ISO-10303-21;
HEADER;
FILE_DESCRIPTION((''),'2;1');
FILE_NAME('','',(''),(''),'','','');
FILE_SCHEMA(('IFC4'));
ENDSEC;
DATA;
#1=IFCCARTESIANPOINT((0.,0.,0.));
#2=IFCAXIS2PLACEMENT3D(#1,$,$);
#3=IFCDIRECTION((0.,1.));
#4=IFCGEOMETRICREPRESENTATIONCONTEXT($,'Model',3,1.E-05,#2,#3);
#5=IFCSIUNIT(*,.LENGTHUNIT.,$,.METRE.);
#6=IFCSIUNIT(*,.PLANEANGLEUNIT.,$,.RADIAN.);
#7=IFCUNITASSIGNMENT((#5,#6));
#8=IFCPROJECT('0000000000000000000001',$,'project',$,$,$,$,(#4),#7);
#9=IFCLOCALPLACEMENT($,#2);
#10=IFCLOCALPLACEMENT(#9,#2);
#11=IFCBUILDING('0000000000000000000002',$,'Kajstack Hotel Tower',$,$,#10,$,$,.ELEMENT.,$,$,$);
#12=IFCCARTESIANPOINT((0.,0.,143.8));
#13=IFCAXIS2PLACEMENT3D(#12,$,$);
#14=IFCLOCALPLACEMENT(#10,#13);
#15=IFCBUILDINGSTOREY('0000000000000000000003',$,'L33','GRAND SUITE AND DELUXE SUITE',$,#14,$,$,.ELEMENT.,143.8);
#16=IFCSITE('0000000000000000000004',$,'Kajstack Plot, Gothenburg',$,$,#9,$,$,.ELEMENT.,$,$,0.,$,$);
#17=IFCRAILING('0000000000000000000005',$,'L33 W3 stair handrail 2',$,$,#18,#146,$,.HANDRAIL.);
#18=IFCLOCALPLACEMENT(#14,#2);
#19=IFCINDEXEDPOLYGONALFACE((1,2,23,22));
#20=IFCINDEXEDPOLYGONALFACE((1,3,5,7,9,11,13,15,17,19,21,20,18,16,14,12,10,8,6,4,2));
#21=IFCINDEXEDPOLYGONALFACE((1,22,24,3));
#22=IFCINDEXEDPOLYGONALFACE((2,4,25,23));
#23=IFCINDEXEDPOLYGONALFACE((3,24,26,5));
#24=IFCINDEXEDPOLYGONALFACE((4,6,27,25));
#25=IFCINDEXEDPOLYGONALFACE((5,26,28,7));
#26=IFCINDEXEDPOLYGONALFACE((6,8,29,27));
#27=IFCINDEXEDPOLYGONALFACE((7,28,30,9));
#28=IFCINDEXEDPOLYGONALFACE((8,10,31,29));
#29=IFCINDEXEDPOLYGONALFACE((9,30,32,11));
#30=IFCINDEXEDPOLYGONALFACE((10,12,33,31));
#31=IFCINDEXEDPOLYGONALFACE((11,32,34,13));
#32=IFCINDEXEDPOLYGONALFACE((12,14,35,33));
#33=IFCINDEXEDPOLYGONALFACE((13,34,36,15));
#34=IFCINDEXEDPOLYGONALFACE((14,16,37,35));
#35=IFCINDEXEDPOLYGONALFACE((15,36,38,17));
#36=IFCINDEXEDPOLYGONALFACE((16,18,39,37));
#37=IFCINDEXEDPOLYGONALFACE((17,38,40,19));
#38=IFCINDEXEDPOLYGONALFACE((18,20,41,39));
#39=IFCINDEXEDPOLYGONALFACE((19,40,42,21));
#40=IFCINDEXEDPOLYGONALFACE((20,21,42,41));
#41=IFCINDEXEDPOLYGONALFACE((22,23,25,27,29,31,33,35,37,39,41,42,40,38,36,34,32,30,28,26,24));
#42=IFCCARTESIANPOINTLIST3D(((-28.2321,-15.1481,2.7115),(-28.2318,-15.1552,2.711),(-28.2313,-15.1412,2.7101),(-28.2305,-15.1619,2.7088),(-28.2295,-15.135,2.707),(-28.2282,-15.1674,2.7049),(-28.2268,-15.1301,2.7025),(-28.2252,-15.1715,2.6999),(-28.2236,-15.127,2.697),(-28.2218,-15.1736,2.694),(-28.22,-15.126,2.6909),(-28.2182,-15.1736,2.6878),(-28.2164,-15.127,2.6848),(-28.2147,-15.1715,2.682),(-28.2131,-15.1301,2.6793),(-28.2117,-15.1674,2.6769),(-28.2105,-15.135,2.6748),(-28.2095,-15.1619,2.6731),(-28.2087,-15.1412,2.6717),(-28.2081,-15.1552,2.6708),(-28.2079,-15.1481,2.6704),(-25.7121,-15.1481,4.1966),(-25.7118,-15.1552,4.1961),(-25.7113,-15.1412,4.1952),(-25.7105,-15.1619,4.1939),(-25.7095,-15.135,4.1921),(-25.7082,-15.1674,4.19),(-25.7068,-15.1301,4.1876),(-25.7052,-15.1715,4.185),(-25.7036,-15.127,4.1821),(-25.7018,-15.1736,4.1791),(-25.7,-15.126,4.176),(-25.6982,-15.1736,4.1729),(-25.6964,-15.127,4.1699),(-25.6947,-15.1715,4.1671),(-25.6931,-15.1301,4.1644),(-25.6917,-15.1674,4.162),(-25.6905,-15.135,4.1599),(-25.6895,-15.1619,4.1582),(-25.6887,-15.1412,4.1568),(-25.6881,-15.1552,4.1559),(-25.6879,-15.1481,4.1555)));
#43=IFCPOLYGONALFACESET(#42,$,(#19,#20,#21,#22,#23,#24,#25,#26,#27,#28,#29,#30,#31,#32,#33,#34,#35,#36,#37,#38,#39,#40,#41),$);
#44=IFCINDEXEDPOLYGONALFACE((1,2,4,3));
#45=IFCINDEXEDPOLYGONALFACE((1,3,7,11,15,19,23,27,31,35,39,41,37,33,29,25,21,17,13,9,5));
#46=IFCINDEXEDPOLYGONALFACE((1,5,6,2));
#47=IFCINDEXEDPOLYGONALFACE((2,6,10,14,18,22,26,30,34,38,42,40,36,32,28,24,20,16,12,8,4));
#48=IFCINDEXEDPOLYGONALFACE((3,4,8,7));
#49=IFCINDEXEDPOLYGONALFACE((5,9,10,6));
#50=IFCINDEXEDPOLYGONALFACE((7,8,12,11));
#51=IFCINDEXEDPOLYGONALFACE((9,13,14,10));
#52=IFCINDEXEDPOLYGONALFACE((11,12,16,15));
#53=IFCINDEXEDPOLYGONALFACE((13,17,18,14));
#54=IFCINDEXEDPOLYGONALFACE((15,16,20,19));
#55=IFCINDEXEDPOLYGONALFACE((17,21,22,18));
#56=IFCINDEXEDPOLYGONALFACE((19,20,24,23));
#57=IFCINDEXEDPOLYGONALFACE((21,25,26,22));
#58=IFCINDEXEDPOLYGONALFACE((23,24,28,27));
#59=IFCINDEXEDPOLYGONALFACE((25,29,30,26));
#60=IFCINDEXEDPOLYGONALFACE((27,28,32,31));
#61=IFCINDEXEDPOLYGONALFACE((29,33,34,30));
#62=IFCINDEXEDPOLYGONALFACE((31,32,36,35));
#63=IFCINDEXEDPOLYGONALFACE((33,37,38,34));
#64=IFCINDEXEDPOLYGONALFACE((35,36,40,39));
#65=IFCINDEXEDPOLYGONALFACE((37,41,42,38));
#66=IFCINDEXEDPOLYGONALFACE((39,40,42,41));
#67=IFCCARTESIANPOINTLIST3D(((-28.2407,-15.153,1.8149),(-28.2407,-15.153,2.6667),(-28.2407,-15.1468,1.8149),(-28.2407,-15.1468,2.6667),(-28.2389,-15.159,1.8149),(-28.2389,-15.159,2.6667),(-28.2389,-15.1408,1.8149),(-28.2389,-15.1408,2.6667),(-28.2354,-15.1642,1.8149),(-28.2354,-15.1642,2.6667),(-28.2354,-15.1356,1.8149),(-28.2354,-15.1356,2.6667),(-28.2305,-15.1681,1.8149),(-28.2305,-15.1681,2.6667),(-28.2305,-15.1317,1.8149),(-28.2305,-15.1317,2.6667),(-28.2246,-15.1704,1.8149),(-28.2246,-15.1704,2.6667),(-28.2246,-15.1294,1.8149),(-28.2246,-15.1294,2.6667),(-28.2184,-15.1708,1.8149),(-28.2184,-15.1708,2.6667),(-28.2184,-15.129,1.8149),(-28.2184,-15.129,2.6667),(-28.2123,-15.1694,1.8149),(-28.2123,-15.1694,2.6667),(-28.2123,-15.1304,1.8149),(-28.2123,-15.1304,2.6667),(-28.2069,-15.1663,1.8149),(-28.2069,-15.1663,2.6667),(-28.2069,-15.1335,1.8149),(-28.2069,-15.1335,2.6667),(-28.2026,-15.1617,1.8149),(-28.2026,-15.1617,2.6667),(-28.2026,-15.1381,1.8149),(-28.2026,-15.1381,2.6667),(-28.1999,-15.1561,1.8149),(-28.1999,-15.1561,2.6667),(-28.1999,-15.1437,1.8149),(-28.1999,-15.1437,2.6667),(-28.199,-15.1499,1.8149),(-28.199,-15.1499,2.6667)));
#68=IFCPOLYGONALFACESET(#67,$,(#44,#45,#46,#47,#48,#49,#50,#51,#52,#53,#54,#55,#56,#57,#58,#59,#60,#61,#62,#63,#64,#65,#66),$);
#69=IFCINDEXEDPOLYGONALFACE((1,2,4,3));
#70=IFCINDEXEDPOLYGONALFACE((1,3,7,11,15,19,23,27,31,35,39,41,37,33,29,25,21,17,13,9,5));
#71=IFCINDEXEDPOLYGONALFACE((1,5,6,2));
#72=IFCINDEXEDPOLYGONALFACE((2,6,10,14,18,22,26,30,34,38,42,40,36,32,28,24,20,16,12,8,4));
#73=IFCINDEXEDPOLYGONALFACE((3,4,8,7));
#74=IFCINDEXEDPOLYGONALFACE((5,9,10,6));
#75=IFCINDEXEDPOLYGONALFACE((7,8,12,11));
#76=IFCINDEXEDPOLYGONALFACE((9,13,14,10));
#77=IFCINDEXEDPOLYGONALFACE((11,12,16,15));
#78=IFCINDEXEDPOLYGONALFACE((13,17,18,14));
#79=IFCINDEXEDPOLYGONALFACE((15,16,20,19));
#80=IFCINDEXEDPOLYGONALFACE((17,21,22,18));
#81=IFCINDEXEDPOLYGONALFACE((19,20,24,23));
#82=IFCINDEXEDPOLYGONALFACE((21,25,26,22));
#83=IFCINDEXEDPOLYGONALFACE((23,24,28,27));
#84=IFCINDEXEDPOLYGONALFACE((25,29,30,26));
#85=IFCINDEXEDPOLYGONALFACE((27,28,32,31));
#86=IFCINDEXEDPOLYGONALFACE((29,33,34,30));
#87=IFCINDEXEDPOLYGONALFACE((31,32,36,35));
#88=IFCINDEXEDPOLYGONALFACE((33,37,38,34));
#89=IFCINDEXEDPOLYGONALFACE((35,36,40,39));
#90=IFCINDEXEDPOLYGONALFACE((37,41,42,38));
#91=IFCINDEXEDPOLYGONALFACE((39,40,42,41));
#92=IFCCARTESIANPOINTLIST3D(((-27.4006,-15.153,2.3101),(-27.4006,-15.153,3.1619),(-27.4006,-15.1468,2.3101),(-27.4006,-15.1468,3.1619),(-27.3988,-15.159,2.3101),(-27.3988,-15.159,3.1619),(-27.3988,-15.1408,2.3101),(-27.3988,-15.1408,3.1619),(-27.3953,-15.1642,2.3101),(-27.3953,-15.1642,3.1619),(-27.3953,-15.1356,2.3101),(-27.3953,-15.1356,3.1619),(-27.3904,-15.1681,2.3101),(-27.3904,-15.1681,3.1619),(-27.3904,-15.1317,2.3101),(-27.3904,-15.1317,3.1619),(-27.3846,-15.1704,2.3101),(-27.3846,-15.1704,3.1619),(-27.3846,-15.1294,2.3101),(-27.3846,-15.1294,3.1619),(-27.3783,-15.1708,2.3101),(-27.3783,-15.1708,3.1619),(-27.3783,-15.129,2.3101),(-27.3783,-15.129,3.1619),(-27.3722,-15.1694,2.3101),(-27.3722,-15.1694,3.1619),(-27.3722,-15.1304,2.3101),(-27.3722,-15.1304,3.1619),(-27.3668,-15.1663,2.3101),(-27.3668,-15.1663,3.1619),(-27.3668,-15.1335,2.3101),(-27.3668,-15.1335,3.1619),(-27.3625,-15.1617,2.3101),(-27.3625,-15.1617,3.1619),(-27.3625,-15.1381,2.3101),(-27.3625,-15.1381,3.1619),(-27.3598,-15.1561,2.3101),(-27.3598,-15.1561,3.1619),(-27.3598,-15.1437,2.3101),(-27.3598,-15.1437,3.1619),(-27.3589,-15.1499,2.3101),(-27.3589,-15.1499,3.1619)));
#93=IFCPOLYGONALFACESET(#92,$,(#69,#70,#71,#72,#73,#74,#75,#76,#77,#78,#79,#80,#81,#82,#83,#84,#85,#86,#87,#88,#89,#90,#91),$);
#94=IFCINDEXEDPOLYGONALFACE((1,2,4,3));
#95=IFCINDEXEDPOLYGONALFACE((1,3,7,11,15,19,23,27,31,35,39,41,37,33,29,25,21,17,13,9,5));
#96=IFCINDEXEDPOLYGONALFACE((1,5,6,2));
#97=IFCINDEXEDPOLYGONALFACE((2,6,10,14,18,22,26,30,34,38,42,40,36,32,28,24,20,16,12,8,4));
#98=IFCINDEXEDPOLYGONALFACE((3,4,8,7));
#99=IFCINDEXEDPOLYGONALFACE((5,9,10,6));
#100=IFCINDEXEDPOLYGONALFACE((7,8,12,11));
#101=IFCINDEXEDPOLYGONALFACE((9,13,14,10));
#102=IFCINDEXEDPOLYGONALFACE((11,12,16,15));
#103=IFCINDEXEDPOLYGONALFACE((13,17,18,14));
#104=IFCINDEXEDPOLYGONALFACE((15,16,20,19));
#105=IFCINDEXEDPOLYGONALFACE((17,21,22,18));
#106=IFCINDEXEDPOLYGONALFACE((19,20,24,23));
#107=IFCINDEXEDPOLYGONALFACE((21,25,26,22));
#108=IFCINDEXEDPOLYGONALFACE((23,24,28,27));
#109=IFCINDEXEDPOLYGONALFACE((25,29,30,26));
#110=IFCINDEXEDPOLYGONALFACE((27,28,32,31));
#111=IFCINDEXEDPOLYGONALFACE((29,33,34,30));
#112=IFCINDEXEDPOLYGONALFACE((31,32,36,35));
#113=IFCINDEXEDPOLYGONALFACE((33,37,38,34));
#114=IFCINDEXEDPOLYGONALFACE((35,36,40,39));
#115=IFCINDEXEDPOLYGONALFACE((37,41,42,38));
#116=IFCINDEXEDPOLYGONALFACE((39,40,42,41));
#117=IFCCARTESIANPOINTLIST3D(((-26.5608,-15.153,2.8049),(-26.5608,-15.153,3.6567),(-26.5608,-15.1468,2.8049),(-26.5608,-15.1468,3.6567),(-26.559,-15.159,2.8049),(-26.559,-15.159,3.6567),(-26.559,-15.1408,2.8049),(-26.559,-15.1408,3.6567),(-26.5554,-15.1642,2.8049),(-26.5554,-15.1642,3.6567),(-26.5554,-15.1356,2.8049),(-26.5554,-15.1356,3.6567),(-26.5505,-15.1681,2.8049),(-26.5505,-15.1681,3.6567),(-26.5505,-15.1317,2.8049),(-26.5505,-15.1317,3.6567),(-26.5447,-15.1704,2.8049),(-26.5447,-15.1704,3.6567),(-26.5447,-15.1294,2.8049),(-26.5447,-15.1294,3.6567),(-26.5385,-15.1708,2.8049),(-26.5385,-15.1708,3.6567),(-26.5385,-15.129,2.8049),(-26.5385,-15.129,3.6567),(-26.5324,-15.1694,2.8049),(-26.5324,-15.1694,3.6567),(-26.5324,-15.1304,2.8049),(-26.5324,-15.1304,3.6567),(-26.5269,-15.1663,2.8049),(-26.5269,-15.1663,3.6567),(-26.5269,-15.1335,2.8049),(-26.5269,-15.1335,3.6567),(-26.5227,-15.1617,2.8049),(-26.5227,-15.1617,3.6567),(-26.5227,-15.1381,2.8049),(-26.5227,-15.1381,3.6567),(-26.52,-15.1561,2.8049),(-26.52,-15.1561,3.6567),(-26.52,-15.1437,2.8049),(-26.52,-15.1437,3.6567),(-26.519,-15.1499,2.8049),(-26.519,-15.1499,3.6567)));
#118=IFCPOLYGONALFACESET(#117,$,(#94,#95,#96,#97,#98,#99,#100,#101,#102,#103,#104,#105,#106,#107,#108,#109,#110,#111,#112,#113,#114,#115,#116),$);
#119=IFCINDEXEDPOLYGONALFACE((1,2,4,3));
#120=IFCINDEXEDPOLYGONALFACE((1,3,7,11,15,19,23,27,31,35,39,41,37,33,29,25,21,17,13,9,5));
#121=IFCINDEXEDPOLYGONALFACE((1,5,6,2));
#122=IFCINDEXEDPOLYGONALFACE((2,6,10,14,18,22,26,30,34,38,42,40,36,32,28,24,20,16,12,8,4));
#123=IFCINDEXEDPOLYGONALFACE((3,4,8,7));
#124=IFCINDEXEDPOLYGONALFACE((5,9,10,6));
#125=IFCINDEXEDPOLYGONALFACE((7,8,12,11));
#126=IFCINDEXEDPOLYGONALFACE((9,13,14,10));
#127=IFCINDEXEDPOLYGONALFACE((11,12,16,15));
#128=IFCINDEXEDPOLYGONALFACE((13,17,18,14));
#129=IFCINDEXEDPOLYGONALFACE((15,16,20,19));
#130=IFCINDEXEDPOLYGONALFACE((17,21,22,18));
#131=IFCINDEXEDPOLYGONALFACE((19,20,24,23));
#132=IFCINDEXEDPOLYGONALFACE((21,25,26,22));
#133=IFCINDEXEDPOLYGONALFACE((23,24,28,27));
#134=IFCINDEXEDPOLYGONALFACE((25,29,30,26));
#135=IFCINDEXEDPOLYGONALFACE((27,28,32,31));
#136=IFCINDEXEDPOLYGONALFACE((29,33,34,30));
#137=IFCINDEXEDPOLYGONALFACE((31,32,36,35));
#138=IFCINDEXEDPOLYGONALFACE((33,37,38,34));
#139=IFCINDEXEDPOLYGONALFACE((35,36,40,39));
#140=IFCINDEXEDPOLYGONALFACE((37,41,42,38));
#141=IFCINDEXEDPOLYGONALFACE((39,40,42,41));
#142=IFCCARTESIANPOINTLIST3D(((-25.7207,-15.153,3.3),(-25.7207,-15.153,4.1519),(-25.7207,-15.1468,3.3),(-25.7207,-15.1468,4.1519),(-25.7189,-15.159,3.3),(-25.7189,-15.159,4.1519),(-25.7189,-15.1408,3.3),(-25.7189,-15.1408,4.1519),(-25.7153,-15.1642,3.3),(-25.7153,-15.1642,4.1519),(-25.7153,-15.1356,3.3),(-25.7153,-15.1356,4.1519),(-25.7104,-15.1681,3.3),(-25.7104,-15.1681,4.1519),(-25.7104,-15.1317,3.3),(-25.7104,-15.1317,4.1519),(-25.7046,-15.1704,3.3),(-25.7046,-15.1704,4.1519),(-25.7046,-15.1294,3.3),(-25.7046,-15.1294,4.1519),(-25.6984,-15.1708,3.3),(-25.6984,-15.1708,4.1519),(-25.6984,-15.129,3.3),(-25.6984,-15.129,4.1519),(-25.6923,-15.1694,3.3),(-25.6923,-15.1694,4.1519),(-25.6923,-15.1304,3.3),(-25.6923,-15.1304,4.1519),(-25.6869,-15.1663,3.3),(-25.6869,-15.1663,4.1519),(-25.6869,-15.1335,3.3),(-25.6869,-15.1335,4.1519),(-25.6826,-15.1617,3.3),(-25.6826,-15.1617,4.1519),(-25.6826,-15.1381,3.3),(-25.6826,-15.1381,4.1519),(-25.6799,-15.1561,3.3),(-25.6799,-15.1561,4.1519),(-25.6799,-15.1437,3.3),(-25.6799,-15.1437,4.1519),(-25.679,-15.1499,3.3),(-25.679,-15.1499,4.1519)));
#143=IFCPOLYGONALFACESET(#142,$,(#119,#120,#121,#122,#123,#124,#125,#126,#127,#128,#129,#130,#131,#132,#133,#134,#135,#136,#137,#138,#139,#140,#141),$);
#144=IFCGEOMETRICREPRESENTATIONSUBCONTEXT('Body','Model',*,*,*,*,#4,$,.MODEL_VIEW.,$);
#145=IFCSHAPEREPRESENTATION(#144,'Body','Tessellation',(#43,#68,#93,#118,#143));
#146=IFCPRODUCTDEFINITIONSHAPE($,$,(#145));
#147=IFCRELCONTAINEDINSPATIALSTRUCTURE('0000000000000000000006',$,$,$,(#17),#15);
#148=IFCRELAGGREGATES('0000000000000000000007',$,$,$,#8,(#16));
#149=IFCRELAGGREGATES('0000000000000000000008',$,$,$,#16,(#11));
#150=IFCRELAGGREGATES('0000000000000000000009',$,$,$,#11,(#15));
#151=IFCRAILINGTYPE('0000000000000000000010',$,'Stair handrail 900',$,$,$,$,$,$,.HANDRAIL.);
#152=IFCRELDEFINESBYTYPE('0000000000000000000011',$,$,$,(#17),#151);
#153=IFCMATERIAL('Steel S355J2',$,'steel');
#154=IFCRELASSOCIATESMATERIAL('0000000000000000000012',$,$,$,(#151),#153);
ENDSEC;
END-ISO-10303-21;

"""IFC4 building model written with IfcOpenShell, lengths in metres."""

from ifc_helpers import new_model, si_unit, direction, frame, origin, origin_2d, place, context, subcontext, project, spatial, circle, extrude, material, type_object, element, save


model = new_model("IFC4")

# Units and contexts
model_context = context("Model", 3, precision=1e-05, world=origin(), true_north=direction((0.0, 1.0)))
body_context = subcontext(model_context, "Body", "Model", "MODEL_VIEW")
ifc_project = project(units=[si_unit("LENGTHUNIT", "METRE"), si_unit("PLANEANGLEUNIT", "RADIAN")], contexts=[model_context])

# Site, building, storey
site_placement = place(None, origin())
site = spatial("IfcSite", under=ifc_project, at=site_placement, Name="Kajstack Plot, Gothenburg", CompositionType="ELEMENT", RefElevation=0.0)
building_placement = place(site_placement, origin())
building = spatial("IfcBuilding", under=site, at=building_placement, Name="Kajstack Hotel Tower", CompositionType="ELEMENT")
storey_placement = place(building_placement, frame((0.0, 0.0, 143.8)))
storey = spatial("IfcBuildingStorey", under=building, at=storey_placement, Name="L33", Description="GRAND SUITE AND DELUXE SUITE", CompositionType="ELEMENT", Elevation=143.8)

# Railing
ifc_material_1 = material(Name="Steel S355J2", Category="steel")
railing_type_1 = type_object("IfcRailingType", Name="Stair handrail 900", PredefinedType="HANDRAIL", material=ifc_material_1)
railing_1_placement = place(storey_placement, frame((-28.22, -15.1499, 1.8149)))
element("IfcRailing", 1, at=railing_1_placement, inside=storey, type_object=railing_type_1, Name="L33 W3 stair handrail 2", PredefinedType="HANDRAIL", context=body_context, shape_type="SweptSolid", body=[
    extrude(circle(Radius=0.0239, at=origin_2d()), frame((0.0, 0.0, 0.876), z_axis=(0.861524, 0.0, 0.507717), x_axis=(0.0, 1.0, 0.0)), (0.0, 0.0, 1.0), 2.925),
    extrude(circle(Radius=0.021, at=origin_2d()), origin(), (0.0, 0.0, 1.0), 0.8518),
    extrude(circle(Radius=0.021, at=origin_2d()), frame((0.8401, 0.0, 0.4951)), (0.0, 0.0, 1.0), 0.8518),
    extrude(circle(Radius=0.021, at=origin_2d()), frame((1.6799, 0.0, 0.99)), (0.0, 0.0, 1.0), 0.8518),
    extrude(circle(Radius=0.021, at=origin_2d()), frame((2.52, 0.0, 1.4851)), (0.0, 0.0, 1.0), 0.8518),
])

save(model, "model.ifc")
